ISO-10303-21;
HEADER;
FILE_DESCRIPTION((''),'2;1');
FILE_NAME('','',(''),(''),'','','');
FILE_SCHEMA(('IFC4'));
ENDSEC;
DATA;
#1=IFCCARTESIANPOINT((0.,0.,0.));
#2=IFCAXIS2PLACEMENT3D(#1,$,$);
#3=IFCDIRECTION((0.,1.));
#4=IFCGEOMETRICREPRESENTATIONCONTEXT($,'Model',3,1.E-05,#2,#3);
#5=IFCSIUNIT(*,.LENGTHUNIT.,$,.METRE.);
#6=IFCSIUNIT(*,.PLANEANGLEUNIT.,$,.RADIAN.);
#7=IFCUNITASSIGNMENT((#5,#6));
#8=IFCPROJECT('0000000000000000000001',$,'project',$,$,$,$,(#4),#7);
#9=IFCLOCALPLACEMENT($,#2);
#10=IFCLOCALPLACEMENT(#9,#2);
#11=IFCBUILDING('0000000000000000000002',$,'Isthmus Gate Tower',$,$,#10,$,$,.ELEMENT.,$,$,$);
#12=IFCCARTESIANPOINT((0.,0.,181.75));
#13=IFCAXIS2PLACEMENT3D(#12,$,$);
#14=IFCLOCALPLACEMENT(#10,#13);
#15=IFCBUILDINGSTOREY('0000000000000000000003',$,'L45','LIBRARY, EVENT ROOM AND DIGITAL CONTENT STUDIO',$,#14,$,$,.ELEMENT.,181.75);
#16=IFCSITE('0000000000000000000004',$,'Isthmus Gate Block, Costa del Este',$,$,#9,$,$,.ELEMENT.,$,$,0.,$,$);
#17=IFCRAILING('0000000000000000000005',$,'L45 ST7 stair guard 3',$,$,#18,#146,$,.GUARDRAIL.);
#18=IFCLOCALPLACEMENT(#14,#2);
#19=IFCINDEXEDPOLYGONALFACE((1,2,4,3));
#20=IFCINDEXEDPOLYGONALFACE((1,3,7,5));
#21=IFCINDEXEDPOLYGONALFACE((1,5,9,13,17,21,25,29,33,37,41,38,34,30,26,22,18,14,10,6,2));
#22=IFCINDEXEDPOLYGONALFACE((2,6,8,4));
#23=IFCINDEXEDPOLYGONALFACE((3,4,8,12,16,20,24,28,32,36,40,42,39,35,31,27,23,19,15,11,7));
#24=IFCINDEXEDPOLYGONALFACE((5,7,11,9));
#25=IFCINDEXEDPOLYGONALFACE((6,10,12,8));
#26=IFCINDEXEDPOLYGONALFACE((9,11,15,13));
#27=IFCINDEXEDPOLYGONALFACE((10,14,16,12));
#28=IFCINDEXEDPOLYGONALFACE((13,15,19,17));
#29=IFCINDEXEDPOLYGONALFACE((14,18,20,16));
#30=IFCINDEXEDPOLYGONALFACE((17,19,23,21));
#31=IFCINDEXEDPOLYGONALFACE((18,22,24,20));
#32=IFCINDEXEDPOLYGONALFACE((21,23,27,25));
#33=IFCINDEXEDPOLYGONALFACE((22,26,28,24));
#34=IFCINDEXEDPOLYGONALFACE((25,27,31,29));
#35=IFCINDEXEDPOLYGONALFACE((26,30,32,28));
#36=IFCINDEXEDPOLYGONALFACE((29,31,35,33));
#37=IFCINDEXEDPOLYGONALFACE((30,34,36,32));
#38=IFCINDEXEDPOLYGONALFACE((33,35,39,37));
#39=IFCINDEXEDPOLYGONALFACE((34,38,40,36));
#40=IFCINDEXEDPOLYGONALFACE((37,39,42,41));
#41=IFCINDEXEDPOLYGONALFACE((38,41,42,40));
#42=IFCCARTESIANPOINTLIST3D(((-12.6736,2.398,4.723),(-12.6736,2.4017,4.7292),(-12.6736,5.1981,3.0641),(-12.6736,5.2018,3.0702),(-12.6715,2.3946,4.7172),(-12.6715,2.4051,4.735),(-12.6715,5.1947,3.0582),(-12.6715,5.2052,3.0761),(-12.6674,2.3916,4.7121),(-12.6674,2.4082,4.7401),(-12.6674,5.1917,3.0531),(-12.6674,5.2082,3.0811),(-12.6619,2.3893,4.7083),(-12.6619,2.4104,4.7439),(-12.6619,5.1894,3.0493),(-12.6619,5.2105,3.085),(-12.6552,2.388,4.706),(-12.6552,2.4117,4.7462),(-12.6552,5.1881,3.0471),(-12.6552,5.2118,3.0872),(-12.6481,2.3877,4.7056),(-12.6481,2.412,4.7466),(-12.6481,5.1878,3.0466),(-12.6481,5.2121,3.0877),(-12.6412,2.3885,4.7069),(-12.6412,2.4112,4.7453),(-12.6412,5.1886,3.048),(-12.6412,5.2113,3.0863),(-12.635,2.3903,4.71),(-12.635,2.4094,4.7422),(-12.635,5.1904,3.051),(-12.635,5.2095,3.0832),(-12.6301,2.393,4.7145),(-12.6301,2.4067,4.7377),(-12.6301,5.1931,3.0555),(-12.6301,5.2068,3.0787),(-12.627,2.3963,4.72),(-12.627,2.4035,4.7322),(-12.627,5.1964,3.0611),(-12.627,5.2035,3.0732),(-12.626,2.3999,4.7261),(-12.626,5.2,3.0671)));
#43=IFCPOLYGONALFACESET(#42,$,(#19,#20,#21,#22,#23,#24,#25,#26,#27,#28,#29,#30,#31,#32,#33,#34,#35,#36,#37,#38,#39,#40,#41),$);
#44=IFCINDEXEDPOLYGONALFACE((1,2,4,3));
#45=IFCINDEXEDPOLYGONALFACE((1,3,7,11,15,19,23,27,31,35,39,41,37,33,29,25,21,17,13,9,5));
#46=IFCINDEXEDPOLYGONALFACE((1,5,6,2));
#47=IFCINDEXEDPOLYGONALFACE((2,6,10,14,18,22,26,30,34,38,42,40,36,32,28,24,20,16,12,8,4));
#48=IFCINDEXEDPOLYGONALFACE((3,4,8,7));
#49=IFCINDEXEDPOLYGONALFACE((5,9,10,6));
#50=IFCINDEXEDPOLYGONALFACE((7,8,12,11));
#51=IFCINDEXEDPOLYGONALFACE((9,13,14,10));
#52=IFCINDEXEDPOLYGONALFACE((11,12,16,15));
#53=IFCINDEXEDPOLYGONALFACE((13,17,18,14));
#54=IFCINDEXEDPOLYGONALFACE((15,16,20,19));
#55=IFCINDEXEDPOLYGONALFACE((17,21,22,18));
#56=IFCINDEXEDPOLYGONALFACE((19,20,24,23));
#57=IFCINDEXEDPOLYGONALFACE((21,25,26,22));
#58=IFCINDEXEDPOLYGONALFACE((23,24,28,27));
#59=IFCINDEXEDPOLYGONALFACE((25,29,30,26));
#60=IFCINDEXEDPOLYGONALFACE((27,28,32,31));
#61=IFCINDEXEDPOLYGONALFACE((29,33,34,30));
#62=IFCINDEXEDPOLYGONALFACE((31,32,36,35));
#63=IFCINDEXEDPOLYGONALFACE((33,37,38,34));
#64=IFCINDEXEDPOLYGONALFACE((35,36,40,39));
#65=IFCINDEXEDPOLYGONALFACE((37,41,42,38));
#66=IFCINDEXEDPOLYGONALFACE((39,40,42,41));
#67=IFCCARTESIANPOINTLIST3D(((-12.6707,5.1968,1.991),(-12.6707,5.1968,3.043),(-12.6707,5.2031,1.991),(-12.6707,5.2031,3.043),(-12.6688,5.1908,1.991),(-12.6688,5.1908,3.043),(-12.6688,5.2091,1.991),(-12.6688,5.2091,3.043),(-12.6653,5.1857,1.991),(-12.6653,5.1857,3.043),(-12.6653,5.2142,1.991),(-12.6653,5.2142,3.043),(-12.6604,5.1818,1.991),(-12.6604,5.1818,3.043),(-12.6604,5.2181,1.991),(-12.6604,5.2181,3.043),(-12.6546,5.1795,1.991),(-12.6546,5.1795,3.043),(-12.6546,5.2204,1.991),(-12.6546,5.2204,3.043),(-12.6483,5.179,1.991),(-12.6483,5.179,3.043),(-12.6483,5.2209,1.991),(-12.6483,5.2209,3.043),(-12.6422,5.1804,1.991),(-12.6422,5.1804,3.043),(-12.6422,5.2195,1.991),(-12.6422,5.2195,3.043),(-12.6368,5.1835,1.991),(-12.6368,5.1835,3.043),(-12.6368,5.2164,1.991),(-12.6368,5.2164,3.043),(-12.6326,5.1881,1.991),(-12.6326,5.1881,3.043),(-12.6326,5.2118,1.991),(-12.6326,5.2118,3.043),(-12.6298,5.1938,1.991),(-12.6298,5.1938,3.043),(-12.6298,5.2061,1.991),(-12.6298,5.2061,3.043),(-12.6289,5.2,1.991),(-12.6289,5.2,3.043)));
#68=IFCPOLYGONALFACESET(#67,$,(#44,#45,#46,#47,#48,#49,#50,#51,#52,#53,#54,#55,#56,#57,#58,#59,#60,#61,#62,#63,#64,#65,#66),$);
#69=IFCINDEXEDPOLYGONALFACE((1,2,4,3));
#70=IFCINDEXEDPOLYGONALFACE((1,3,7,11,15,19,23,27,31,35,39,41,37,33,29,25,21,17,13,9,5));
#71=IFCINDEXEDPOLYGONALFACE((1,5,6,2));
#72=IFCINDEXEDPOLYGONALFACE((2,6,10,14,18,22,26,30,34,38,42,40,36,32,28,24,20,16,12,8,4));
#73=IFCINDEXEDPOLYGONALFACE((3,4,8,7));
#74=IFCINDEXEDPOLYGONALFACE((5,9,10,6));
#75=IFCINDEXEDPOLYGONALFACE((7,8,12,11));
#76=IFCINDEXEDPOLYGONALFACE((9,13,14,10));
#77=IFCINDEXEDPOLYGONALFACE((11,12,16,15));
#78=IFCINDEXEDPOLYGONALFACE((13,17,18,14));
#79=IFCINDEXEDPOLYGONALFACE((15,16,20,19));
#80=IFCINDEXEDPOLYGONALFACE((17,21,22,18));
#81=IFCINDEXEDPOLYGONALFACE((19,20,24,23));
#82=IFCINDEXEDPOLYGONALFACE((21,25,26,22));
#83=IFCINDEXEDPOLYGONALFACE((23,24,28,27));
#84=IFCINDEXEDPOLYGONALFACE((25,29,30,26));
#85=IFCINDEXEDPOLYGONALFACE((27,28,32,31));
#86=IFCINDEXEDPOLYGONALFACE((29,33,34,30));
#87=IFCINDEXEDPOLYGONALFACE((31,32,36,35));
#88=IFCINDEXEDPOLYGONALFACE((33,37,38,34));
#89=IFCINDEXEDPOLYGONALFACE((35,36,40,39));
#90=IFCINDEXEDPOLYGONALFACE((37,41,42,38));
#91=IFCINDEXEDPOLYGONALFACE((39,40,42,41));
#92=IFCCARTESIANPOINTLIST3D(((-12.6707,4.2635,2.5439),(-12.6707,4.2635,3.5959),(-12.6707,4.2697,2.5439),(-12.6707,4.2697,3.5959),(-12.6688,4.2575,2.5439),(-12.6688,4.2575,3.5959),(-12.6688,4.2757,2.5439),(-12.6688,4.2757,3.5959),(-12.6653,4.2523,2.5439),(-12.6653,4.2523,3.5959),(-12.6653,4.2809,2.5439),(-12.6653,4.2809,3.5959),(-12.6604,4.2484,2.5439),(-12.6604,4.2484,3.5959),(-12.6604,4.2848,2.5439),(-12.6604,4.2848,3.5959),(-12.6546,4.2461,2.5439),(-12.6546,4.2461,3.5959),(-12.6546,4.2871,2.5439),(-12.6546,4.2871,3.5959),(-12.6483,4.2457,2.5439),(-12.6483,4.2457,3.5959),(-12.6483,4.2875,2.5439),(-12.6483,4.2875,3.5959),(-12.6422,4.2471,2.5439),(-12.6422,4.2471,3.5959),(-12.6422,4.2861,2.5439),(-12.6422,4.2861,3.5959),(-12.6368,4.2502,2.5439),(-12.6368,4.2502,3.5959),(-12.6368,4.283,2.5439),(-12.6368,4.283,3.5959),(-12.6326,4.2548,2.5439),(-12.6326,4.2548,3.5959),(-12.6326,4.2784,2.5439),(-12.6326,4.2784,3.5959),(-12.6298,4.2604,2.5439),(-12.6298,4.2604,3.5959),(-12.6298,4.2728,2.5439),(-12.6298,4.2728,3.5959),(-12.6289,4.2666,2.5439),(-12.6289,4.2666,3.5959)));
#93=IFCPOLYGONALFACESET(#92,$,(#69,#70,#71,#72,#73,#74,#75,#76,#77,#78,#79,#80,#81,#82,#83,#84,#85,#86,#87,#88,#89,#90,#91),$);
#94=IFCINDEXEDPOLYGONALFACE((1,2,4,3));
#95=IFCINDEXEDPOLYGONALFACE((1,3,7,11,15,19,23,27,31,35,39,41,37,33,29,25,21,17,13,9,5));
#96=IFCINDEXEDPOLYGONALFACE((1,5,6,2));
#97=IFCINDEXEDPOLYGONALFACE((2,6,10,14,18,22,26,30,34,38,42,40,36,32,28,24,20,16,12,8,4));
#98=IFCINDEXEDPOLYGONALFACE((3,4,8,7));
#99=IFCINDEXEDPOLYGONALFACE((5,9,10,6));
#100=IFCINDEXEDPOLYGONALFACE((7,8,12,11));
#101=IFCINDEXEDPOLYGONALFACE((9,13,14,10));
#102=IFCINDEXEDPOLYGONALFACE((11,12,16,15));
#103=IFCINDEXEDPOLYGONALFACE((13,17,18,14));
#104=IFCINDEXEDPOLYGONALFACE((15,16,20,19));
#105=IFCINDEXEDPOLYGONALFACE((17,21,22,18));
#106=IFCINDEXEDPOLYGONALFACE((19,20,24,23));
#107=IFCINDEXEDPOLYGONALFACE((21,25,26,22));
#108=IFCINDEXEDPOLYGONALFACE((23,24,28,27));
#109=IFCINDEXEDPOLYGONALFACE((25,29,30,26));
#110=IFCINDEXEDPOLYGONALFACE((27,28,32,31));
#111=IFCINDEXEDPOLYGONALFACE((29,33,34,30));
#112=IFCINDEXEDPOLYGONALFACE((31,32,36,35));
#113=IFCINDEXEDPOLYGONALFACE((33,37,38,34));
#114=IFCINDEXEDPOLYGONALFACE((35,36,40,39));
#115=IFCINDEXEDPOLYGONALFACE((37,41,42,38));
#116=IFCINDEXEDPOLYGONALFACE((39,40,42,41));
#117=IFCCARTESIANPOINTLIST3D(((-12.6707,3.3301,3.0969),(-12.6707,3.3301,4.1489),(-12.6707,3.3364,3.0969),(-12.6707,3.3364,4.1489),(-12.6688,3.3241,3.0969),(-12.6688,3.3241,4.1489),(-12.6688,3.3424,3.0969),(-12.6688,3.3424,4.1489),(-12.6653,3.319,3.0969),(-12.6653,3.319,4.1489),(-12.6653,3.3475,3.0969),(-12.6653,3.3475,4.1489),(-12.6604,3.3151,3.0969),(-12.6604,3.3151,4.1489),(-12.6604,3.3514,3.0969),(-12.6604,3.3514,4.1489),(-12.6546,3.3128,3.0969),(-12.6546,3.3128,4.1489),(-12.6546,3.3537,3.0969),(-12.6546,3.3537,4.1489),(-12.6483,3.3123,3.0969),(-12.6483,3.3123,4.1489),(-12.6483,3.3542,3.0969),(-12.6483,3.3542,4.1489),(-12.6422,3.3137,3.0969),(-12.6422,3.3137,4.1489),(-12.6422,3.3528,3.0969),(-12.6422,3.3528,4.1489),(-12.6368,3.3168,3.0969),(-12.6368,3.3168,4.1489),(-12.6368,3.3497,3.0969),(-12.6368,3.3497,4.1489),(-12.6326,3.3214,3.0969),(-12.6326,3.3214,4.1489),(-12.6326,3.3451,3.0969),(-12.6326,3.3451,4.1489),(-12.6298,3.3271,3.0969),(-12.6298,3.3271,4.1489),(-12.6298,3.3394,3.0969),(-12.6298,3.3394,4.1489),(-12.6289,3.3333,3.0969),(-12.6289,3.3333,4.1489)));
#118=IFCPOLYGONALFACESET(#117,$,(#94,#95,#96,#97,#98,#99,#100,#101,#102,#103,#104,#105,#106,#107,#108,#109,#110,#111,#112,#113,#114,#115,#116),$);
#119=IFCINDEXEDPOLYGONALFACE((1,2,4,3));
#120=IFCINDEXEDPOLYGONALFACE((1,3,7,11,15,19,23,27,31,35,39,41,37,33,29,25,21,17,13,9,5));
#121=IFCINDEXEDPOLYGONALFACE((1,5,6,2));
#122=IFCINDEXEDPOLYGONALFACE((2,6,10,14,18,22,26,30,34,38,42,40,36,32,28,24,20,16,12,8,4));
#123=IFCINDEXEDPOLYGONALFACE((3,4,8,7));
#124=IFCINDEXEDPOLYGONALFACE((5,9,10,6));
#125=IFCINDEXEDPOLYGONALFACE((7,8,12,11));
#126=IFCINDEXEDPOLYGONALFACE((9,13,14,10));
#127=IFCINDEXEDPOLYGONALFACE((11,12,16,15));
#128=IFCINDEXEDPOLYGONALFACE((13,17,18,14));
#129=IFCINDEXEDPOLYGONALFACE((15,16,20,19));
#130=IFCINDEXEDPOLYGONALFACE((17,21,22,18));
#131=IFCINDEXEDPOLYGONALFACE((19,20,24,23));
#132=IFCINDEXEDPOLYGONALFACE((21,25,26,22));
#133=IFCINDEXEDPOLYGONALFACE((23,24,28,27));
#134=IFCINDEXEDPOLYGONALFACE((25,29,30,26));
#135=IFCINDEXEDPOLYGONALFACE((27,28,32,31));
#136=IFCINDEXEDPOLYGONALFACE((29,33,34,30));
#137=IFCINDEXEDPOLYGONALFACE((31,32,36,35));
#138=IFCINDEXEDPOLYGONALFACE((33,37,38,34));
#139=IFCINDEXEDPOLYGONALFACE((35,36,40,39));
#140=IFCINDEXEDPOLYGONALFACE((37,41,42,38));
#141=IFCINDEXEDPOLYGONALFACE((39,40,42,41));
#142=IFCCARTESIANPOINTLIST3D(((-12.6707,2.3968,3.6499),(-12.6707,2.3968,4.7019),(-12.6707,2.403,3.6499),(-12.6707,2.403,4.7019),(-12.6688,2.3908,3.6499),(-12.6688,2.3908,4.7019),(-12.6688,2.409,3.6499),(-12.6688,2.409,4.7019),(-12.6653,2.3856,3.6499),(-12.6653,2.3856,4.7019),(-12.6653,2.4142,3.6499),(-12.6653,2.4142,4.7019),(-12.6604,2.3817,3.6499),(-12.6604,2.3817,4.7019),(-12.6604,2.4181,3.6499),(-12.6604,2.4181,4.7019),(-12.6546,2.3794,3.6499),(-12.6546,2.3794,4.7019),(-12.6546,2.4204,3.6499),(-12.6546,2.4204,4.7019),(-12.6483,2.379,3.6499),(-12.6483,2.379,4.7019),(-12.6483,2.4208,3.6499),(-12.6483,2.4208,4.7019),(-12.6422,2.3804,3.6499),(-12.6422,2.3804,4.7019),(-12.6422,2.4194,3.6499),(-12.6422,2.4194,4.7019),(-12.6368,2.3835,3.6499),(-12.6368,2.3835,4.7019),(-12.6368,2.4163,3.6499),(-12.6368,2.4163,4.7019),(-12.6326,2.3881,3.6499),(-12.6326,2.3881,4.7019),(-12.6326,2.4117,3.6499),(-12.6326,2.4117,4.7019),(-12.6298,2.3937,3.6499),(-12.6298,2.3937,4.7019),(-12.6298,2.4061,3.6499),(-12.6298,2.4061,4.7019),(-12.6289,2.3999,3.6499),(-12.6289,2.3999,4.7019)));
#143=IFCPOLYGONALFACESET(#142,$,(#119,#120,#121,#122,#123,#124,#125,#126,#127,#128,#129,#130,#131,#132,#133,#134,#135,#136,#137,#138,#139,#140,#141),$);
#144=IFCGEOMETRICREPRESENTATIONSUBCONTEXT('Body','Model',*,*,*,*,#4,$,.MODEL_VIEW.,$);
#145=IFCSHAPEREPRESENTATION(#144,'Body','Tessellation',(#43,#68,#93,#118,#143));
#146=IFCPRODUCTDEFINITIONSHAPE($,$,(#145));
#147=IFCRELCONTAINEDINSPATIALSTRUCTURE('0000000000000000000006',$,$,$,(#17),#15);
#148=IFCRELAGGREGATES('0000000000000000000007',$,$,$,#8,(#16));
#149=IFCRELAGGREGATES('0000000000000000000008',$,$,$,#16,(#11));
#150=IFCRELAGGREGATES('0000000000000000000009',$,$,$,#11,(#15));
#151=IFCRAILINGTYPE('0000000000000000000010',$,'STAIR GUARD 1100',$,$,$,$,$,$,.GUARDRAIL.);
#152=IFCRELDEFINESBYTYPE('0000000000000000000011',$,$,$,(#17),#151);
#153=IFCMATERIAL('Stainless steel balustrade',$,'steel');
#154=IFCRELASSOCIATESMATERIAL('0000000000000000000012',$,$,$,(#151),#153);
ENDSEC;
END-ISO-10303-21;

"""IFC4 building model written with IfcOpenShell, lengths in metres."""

from ifc_helpers import new_model, si_unit, direction, frame, origin, origin_2d, place, context, subcontext, project, spatial, circle, extrude, material, type_object, element, save


model = new_model("IFC4")

# Units and contexts
model_context = context("Model", 3, precision=1e-05, world=origin(), true_north=direction((0.0, 1.0)))
body_context = subcontext(model_context, "Body", "Model", "MODEL_VIEW")
ifc_project = project(units=[si_unit("LENGTHUNIT", "METRE"), si_unit("PLANEANGLEUNIT", "RADIAN")], contexts=[model_context])

# Site, building, storey
site_placement = place(None, origin())
site = spatial("IfcSite", under=ifc_project, at=site_placement, Name="Isthmus Gate Block, Costa del Este", CompositionType="ELEMENT", RefElevation=0.0)
building_placement = place(site_placement, origin())
building = spatial("IfcBuilding", under=site, at=building_placement, Name="Isthmus Gate Tower", CompositionType="ELEMENT")
storey_placement = place(building_placement, frame((0.0, 0.0, 181.75)))
storey = spatial("IfcBuildingStorey", under=building, at=storey_placement, Name="L45", Description="LIBRARY, EVENT ROOM AND DIGITAL CONTENT STUDIO", CompositionType="ELEMENT", Elevation=181.75)

# Railing
ifc_material_1 = material(Name="Stainless steel balustrade", Category="steel")
railing_type_1 = type_object("IfcRailingType", Name="STAIR GUARD 1100", PredefinedType="GUARDRAIL", material=ifc_material_1)
railing_1_placement = place(storey_placement, frame((-12.6499, 5.2, 1.991)))
element("IfcRailing", 1, at=railing_1_placement, inside=storey, type_object=railing_type_1, Name="L45 ST7 stair guard 3", PredefinedType="GUARDRAIL", context=body_context, shape_type="SweptSolid", body=[
    extrude(circle(Radius=0.0239, at=origin_2d()), frame((0.0, 0.0, 1.0762), z_axis=(0.0, -0.860339, 0.509722), x_axis=(1.0, 0.0, 0.0)), (0.0, 0.0, 1.0), 3.2546),
    extrude(circle(Radius=0.021, at=origin_2d()), origin(), (0.0, 0.0, 1.0), 1.052),
    extrude(circle(Radius=0.021, at=origin_2d()), frame((0.0, -0.9333, 0.553)), (0.0, 0.0, 1.0), 1.052),
    extrude(circle(Radius=0.021, at=origin_2d()), frame((0.0, -1.8667, 1.106)), (0.0, 0.0, 1.0), 1.052),
    extrude(circle(Radius=0.021, at=origin_2d()), frame((0.0, -2.8, 1.6589)), (0.0, 0.0, 1.0), 1.052),
])

save(model, "model.ifc")
